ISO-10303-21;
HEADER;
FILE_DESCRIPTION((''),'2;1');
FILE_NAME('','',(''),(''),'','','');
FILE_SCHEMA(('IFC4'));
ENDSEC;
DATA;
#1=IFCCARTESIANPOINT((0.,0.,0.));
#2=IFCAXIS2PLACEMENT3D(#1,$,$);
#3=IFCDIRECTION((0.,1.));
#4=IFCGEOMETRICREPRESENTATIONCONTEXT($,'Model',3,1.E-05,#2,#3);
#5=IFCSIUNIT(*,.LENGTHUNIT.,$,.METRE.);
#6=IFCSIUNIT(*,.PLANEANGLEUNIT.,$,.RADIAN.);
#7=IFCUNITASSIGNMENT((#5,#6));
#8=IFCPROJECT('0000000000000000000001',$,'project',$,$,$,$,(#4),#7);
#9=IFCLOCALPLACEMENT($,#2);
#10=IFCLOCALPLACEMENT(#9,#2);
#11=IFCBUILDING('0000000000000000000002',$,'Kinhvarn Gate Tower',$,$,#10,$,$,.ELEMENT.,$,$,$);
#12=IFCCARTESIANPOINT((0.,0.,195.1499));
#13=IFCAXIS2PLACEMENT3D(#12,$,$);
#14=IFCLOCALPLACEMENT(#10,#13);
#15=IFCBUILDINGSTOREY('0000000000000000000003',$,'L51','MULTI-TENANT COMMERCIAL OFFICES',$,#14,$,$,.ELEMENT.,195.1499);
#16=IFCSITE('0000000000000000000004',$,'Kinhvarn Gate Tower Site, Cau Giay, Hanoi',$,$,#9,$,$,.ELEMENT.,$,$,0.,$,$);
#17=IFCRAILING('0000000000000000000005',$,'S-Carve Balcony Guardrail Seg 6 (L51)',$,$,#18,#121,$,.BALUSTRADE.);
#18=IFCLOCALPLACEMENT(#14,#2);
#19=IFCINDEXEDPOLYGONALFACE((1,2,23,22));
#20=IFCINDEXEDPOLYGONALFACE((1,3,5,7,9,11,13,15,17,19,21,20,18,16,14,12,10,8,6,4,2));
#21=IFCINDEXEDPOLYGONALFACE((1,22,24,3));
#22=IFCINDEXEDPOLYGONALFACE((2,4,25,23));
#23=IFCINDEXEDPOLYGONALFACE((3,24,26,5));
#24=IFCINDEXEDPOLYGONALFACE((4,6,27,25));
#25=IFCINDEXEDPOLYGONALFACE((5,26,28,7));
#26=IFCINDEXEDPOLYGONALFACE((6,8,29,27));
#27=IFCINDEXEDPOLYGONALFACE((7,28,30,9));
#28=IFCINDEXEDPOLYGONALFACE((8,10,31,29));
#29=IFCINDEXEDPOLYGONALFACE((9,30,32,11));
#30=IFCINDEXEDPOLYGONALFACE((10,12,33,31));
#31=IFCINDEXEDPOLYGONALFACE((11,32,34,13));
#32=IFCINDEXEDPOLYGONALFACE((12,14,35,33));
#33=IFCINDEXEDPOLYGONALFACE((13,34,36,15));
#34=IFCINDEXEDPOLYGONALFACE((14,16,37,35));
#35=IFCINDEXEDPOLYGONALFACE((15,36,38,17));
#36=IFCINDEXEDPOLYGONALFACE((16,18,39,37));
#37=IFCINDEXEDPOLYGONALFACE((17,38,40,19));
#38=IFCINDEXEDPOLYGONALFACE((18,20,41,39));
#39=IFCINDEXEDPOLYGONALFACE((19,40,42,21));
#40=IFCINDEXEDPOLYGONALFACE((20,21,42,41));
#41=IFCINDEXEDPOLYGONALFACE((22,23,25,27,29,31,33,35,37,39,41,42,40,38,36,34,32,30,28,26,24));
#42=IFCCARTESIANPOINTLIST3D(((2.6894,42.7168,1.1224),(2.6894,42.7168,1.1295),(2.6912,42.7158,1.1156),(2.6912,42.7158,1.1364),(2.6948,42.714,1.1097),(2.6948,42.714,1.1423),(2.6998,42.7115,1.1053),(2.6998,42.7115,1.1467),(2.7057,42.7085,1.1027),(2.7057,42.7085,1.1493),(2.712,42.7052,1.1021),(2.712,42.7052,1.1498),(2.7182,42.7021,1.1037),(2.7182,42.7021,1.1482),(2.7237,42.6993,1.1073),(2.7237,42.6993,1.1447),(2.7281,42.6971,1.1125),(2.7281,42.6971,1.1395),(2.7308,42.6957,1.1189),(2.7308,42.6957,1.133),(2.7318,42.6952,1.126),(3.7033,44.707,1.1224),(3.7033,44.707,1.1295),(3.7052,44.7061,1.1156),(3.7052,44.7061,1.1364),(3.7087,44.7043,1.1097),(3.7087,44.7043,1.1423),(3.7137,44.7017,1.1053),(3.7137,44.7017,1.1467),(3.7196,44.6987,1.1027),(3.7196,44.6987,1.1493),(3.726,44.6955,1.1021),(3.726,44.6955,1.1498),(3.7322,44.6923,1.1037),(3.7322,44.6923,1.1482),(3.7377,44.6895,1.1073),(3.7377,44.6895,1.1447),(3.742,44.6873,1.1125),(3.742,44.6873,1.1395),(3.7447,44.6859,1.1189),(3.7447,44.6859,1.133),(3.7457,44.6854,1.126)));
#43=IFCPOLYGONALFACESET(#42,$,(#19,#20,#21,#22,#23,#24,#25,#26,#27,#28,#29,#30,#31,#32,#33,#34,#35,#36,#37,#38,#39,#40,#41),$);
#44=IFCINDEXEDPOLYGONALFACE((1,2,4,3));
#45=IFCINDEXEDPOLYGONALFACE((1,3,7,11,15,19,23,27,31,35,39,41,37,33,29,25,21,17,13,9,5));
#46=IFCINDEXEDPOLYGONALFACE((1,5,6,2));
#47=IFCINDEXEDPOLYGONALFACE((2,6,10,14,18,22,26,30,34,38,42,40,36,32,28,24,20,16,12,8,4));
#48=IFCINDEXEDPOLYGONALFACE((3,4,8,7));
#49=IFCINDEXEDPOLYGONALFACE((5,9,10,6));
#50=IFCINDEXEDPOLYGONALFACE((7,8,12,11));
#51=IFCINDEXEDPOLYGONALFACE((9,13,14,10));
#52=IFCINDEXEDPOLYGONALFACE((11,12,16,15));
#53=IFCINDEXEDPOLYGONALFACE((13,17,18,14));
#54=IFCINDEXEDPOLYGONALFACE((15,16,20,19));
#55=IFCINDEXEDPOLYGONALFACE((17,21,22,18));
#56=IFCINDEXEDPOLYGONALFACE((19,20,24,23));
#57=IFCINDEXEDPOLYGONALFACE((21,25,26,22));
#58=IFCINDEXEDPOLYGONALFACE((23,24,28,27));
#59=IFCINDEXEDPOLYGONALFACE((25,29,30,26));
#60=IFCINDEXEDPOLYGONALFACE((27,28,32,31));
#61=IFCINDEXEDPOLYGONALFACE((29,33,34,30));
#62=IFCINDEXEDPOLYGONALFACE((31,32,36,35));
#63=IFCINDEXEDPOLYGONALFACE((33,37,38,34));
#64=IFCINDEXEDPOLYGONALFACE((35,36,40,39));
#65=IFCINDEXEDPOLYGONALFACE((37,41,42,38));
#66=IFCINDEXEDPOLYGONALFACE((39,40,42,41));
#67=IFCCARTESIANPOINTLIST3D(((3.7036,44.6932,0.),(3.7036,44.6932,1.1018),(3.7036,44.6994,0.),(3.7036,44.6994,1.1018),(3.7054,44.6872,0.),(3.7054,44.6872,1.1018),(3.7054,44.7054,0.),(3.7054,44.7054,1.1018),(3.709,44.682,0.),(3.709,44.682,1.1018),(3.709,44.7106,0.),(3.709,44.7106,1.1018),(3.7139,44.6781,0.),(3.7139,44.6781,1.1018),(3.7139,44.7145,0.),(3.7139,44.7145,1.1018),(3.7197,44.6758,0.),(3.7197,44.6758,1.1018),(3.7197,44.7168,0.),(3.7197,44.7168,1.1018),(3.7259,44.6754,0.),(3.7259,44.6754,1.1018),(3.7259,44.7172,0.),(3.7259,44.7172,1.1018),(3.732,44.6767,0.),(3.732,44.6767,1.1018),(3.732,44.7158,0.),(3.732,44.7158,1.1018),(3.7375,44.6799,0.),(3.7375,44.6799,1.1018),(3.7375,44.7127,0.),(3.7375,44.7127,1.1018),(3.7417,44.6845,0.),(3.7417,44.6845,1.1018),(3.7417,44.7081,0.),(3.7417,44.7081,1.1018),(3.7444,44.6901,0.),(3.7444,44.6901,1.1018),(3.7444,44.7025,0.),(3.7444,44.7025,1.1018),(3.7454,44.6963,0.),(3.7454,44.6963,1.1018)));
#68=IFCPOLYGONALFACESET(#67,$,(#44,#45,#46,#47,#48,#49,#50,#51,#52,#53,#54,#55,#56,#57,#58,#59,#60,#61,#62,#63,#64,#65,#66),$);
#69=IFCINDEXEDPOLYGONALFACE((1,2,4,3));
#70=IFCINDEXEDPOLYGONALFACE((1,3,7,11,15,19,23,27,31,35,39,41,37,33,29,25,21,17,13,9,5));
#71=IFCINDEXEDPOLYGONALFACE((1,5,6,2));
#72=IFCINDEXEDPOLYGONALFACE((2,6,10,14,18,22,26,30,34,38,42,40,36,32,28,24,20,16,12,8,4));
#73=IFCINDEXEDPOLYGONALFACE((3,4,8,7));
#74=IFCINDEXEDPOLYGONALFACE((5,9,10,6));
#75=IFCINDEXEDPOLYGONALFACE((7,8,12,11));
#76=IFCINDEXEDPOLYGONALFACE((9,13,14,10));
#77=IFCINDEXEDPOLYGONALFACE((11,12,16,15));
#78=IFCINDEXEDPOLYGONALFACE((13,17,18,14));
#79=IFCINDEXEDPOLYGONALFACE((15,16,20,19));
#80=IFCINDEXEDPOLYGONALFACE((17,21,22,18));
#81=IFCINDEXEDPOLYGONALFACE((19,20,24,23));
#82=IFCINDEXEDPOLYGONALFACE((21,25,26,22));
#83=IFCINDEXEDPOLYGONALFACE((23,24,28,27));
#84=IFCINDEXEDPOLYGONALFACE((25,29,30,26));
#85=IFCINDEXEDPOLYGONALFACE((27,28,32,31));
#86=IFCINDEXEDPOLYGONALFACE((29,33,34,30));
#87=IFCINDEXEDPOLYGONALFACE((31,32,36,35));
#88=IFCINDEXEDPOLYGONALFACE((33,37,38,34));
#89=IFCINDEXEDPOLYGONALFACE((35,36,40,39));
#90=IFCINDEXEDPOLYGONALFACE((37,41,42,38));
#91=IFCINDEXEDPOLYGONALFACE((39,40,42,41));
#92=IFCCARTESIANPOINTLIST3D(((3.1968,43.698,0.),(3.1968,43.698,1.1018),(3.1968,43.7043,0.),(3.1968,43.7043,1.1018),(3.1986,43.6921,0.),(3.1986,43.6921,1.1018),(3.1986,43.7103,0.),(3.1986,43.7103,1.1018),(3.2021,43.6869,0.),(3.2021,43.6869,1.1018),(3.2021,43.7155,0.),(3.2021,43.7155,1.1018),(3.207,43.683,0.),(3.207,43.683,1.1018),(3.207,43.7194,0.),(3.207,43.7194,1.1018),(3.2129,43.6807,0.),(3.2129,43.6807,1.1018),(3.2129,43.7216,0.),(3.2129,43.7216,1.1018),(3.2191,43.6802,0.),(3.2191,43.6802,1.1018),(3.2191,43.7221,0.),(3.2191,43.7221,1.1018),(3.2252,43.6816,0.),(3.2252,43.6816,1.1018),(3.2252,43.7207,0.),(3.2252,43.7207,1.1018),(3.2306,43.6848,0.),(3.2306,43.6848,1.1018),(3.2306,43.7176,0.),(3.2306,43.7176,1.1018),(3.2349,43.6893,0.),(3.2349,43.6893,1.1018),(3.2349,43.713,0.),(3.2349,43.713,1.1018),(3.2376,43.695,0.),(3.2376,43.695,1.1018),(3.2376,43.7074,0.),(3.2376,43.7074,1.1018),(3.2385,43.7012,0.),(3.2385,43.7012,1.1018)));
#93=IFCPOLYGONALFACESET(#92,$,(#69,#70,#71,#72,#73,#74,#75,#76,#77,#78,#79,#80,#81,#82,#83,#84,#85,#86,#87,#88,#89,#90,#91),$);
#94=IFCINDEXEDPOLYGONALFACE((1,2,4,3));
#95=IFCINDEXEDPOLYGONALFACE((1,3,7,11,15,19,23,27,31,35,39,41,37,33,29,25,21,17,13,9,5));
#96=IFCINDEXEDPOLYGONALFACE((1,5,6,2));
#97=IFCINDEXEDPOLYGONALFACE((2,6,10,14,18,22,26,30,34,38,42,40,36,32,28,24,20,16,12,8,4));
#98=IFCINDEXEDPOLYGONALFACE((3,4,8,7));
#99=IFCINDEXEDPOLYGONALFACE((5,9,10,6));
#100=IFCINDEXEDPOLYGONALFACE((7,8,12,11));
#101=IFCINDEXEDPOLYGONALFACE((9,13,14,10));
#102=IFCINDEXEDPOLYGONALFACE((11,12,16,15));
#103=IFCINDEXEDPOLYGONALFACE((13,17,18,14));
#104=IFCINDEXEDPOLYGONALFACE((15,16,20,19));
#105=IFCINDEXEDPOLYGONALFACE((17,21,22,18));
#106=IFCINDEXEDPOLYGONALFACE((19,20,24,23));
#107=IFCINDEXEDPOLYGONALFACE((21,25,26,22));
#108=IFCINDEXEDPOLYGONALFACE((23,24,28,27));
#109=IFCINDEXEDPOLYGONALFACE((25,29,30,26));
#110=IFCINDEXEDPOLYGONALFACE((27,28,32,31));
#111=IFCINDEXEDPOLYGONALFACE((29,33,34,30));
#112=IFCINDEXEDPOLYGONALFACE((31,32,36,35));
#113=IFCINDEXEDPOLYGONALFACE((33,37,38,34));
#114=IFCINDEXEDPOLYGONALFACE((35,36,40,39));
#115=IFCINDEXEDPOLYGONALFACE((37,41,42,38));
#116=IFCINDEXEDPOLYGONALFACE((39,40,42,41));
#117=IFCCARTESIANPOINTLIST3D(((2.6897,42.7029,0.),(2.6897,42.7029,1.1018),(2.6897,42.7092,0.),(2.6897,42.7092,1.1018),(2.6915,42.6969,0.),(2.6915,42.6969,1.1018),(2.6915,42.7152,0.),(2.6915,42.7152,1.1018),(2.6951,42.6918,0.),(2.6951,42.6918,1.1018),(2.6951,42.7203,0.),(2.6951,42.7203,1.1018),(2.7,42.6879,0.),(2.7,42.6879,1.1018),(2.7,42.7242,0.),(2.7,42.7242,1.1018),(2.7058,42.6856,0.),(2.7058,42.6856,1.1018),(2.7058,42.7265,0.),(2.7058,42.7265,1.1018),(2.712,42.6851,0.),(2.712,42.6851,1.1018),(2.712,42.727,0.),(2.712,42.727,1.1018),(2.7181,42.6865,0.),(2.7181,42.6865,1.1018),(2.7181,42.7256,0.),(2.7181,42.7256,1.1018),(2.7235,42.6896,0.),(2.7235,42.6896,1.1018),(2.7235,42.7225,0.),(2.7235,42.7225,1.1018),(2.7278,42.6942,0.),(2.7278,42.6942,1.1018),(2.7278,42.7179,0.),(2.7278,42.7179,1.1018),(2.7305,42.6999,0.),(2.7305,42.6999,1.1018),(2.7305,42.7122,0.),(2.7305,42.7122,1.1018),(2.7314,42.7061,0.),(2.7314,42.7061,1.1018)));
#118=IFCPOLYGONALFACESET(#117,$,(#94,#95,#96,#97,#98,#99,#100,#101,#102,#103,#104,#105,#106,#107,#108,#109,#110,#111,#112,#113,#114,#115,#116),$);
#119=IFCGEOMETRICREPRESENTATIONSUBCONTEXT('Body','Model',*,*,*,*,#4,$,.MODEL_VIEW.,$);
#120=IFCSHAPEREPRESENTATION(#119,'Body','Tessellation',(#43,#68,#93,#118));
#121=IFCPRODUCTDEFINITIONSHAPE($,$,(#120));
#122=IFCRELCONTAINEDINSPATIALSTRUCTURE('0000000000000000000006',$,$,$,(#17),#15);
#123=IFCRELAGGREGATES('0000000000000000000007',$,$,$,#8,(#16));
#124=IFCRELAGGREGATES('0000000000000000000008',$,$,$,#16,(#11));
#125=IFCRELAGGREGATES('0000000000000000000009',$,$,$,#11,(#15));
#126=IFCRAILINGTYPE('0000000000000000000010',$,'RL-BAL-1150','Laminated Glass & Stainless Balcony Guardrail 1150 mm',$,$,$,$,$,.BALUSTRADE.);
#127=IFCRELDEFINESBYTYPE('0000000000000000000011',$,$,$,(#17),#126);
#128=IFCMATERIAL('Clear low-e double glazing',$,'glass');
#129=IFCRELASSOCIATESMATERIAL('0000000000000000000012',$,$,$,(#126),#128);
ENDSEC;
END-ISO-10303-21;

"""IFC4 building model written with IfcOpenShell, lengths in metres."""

from ifc_helpers import new_model, si_unit, direction, frame, origin, origin_2d, place, context, subcontext, project, spatial, circle, extrude, material, type_object, element, save


model = new_model("IFC4")

# Units and contexts
model_context = context("Model", 3, precision=1e-05, world=origin(), true_north=direction((0.0, 1.0)))
body_context = subcontext(model_context, "Body", "Model", "MODEL_VIEW")
ifc_project = project(units=[si_unit("LENGTHUNIT", "METRE"), si_unit("PLANEANGLEUNIT", "RADIAN")], contexts=[model_context])

# Site, building, storey
site_placement = place(None, origin())
site = spatial("IfcSite", under=ifc_project, at=site_placement, Name="Kinhvarn Gate Tower Site, Cau Giay, Hanoi", CompositionType="ELEMENT", RefElevation=0.0)
building_placement = place(site_placement, origin())
building = spatial("IfcBuilding", under=site, at=building_placement, Name="Kinhvarn Gate Tower", CompositionType="ELEMENT")
storey_placement = place(building_placement, frame((0.0, 0.0, 195.1499)))
storey = spatial("IfcBuildingStorey", under=building, at=storey_placement, Name="L51", Description="MULTI-TENANT COMMERCIAL OFFICES", CompositionType="ELEMENT", Elevation=195.1499)

# Shared definitions
ifc_material_1 = material(Name="Clear low-e double glazing", Category="glass")

# Railing
railing_type = type_object("IfcRailingType", Name="RL-BAL-1150", Description="Laminated Glass & Stainless Balcony Guardrail 1150 mm", PredefinedType="BALUSTRADE", material=ifc_material_1)
railing_1_placement = place(storey_placement, frame((3.7244, 44.6963, 0.0)))
element("IfcRailing", 1, at=railing_1_placement, inside=storey, type_object=railing_type, Name="S-Carve Balcony Guardrail Seg 6 (L51)", PredefinedType="BALUSTRADE", context=body_context, shape_type="SweptSolid", body=[
    extrude(circle(Radius=0.0239, at=origin_2d()), frame((0.0, 0.0, 1.126), z_axis=(-0.453934, -0.891035, 0.0), x_axis=(0.891035, -0.453934, 0.0)), (0.0, 0.0, 1.0), 2.2336),
    extrude(circle(Radius=0.021, at=origin_2d()), origin(), (0.0, 0.0, 1.0), 1.1018),
    extrude(circle(Radius=0.021, at=origin_2d()), frame((-0.5068, -0.9951, 0.0)), (0.0, 0.0, 1.0), 1.1018),
    extrude(circle(Radius=0.021, at=origin_2d()), frame((-1.0139, -1.9902, 0.0)), (0.0, 0.0, 1.0), 1.1018),
])

save(model, "model.ifc")
